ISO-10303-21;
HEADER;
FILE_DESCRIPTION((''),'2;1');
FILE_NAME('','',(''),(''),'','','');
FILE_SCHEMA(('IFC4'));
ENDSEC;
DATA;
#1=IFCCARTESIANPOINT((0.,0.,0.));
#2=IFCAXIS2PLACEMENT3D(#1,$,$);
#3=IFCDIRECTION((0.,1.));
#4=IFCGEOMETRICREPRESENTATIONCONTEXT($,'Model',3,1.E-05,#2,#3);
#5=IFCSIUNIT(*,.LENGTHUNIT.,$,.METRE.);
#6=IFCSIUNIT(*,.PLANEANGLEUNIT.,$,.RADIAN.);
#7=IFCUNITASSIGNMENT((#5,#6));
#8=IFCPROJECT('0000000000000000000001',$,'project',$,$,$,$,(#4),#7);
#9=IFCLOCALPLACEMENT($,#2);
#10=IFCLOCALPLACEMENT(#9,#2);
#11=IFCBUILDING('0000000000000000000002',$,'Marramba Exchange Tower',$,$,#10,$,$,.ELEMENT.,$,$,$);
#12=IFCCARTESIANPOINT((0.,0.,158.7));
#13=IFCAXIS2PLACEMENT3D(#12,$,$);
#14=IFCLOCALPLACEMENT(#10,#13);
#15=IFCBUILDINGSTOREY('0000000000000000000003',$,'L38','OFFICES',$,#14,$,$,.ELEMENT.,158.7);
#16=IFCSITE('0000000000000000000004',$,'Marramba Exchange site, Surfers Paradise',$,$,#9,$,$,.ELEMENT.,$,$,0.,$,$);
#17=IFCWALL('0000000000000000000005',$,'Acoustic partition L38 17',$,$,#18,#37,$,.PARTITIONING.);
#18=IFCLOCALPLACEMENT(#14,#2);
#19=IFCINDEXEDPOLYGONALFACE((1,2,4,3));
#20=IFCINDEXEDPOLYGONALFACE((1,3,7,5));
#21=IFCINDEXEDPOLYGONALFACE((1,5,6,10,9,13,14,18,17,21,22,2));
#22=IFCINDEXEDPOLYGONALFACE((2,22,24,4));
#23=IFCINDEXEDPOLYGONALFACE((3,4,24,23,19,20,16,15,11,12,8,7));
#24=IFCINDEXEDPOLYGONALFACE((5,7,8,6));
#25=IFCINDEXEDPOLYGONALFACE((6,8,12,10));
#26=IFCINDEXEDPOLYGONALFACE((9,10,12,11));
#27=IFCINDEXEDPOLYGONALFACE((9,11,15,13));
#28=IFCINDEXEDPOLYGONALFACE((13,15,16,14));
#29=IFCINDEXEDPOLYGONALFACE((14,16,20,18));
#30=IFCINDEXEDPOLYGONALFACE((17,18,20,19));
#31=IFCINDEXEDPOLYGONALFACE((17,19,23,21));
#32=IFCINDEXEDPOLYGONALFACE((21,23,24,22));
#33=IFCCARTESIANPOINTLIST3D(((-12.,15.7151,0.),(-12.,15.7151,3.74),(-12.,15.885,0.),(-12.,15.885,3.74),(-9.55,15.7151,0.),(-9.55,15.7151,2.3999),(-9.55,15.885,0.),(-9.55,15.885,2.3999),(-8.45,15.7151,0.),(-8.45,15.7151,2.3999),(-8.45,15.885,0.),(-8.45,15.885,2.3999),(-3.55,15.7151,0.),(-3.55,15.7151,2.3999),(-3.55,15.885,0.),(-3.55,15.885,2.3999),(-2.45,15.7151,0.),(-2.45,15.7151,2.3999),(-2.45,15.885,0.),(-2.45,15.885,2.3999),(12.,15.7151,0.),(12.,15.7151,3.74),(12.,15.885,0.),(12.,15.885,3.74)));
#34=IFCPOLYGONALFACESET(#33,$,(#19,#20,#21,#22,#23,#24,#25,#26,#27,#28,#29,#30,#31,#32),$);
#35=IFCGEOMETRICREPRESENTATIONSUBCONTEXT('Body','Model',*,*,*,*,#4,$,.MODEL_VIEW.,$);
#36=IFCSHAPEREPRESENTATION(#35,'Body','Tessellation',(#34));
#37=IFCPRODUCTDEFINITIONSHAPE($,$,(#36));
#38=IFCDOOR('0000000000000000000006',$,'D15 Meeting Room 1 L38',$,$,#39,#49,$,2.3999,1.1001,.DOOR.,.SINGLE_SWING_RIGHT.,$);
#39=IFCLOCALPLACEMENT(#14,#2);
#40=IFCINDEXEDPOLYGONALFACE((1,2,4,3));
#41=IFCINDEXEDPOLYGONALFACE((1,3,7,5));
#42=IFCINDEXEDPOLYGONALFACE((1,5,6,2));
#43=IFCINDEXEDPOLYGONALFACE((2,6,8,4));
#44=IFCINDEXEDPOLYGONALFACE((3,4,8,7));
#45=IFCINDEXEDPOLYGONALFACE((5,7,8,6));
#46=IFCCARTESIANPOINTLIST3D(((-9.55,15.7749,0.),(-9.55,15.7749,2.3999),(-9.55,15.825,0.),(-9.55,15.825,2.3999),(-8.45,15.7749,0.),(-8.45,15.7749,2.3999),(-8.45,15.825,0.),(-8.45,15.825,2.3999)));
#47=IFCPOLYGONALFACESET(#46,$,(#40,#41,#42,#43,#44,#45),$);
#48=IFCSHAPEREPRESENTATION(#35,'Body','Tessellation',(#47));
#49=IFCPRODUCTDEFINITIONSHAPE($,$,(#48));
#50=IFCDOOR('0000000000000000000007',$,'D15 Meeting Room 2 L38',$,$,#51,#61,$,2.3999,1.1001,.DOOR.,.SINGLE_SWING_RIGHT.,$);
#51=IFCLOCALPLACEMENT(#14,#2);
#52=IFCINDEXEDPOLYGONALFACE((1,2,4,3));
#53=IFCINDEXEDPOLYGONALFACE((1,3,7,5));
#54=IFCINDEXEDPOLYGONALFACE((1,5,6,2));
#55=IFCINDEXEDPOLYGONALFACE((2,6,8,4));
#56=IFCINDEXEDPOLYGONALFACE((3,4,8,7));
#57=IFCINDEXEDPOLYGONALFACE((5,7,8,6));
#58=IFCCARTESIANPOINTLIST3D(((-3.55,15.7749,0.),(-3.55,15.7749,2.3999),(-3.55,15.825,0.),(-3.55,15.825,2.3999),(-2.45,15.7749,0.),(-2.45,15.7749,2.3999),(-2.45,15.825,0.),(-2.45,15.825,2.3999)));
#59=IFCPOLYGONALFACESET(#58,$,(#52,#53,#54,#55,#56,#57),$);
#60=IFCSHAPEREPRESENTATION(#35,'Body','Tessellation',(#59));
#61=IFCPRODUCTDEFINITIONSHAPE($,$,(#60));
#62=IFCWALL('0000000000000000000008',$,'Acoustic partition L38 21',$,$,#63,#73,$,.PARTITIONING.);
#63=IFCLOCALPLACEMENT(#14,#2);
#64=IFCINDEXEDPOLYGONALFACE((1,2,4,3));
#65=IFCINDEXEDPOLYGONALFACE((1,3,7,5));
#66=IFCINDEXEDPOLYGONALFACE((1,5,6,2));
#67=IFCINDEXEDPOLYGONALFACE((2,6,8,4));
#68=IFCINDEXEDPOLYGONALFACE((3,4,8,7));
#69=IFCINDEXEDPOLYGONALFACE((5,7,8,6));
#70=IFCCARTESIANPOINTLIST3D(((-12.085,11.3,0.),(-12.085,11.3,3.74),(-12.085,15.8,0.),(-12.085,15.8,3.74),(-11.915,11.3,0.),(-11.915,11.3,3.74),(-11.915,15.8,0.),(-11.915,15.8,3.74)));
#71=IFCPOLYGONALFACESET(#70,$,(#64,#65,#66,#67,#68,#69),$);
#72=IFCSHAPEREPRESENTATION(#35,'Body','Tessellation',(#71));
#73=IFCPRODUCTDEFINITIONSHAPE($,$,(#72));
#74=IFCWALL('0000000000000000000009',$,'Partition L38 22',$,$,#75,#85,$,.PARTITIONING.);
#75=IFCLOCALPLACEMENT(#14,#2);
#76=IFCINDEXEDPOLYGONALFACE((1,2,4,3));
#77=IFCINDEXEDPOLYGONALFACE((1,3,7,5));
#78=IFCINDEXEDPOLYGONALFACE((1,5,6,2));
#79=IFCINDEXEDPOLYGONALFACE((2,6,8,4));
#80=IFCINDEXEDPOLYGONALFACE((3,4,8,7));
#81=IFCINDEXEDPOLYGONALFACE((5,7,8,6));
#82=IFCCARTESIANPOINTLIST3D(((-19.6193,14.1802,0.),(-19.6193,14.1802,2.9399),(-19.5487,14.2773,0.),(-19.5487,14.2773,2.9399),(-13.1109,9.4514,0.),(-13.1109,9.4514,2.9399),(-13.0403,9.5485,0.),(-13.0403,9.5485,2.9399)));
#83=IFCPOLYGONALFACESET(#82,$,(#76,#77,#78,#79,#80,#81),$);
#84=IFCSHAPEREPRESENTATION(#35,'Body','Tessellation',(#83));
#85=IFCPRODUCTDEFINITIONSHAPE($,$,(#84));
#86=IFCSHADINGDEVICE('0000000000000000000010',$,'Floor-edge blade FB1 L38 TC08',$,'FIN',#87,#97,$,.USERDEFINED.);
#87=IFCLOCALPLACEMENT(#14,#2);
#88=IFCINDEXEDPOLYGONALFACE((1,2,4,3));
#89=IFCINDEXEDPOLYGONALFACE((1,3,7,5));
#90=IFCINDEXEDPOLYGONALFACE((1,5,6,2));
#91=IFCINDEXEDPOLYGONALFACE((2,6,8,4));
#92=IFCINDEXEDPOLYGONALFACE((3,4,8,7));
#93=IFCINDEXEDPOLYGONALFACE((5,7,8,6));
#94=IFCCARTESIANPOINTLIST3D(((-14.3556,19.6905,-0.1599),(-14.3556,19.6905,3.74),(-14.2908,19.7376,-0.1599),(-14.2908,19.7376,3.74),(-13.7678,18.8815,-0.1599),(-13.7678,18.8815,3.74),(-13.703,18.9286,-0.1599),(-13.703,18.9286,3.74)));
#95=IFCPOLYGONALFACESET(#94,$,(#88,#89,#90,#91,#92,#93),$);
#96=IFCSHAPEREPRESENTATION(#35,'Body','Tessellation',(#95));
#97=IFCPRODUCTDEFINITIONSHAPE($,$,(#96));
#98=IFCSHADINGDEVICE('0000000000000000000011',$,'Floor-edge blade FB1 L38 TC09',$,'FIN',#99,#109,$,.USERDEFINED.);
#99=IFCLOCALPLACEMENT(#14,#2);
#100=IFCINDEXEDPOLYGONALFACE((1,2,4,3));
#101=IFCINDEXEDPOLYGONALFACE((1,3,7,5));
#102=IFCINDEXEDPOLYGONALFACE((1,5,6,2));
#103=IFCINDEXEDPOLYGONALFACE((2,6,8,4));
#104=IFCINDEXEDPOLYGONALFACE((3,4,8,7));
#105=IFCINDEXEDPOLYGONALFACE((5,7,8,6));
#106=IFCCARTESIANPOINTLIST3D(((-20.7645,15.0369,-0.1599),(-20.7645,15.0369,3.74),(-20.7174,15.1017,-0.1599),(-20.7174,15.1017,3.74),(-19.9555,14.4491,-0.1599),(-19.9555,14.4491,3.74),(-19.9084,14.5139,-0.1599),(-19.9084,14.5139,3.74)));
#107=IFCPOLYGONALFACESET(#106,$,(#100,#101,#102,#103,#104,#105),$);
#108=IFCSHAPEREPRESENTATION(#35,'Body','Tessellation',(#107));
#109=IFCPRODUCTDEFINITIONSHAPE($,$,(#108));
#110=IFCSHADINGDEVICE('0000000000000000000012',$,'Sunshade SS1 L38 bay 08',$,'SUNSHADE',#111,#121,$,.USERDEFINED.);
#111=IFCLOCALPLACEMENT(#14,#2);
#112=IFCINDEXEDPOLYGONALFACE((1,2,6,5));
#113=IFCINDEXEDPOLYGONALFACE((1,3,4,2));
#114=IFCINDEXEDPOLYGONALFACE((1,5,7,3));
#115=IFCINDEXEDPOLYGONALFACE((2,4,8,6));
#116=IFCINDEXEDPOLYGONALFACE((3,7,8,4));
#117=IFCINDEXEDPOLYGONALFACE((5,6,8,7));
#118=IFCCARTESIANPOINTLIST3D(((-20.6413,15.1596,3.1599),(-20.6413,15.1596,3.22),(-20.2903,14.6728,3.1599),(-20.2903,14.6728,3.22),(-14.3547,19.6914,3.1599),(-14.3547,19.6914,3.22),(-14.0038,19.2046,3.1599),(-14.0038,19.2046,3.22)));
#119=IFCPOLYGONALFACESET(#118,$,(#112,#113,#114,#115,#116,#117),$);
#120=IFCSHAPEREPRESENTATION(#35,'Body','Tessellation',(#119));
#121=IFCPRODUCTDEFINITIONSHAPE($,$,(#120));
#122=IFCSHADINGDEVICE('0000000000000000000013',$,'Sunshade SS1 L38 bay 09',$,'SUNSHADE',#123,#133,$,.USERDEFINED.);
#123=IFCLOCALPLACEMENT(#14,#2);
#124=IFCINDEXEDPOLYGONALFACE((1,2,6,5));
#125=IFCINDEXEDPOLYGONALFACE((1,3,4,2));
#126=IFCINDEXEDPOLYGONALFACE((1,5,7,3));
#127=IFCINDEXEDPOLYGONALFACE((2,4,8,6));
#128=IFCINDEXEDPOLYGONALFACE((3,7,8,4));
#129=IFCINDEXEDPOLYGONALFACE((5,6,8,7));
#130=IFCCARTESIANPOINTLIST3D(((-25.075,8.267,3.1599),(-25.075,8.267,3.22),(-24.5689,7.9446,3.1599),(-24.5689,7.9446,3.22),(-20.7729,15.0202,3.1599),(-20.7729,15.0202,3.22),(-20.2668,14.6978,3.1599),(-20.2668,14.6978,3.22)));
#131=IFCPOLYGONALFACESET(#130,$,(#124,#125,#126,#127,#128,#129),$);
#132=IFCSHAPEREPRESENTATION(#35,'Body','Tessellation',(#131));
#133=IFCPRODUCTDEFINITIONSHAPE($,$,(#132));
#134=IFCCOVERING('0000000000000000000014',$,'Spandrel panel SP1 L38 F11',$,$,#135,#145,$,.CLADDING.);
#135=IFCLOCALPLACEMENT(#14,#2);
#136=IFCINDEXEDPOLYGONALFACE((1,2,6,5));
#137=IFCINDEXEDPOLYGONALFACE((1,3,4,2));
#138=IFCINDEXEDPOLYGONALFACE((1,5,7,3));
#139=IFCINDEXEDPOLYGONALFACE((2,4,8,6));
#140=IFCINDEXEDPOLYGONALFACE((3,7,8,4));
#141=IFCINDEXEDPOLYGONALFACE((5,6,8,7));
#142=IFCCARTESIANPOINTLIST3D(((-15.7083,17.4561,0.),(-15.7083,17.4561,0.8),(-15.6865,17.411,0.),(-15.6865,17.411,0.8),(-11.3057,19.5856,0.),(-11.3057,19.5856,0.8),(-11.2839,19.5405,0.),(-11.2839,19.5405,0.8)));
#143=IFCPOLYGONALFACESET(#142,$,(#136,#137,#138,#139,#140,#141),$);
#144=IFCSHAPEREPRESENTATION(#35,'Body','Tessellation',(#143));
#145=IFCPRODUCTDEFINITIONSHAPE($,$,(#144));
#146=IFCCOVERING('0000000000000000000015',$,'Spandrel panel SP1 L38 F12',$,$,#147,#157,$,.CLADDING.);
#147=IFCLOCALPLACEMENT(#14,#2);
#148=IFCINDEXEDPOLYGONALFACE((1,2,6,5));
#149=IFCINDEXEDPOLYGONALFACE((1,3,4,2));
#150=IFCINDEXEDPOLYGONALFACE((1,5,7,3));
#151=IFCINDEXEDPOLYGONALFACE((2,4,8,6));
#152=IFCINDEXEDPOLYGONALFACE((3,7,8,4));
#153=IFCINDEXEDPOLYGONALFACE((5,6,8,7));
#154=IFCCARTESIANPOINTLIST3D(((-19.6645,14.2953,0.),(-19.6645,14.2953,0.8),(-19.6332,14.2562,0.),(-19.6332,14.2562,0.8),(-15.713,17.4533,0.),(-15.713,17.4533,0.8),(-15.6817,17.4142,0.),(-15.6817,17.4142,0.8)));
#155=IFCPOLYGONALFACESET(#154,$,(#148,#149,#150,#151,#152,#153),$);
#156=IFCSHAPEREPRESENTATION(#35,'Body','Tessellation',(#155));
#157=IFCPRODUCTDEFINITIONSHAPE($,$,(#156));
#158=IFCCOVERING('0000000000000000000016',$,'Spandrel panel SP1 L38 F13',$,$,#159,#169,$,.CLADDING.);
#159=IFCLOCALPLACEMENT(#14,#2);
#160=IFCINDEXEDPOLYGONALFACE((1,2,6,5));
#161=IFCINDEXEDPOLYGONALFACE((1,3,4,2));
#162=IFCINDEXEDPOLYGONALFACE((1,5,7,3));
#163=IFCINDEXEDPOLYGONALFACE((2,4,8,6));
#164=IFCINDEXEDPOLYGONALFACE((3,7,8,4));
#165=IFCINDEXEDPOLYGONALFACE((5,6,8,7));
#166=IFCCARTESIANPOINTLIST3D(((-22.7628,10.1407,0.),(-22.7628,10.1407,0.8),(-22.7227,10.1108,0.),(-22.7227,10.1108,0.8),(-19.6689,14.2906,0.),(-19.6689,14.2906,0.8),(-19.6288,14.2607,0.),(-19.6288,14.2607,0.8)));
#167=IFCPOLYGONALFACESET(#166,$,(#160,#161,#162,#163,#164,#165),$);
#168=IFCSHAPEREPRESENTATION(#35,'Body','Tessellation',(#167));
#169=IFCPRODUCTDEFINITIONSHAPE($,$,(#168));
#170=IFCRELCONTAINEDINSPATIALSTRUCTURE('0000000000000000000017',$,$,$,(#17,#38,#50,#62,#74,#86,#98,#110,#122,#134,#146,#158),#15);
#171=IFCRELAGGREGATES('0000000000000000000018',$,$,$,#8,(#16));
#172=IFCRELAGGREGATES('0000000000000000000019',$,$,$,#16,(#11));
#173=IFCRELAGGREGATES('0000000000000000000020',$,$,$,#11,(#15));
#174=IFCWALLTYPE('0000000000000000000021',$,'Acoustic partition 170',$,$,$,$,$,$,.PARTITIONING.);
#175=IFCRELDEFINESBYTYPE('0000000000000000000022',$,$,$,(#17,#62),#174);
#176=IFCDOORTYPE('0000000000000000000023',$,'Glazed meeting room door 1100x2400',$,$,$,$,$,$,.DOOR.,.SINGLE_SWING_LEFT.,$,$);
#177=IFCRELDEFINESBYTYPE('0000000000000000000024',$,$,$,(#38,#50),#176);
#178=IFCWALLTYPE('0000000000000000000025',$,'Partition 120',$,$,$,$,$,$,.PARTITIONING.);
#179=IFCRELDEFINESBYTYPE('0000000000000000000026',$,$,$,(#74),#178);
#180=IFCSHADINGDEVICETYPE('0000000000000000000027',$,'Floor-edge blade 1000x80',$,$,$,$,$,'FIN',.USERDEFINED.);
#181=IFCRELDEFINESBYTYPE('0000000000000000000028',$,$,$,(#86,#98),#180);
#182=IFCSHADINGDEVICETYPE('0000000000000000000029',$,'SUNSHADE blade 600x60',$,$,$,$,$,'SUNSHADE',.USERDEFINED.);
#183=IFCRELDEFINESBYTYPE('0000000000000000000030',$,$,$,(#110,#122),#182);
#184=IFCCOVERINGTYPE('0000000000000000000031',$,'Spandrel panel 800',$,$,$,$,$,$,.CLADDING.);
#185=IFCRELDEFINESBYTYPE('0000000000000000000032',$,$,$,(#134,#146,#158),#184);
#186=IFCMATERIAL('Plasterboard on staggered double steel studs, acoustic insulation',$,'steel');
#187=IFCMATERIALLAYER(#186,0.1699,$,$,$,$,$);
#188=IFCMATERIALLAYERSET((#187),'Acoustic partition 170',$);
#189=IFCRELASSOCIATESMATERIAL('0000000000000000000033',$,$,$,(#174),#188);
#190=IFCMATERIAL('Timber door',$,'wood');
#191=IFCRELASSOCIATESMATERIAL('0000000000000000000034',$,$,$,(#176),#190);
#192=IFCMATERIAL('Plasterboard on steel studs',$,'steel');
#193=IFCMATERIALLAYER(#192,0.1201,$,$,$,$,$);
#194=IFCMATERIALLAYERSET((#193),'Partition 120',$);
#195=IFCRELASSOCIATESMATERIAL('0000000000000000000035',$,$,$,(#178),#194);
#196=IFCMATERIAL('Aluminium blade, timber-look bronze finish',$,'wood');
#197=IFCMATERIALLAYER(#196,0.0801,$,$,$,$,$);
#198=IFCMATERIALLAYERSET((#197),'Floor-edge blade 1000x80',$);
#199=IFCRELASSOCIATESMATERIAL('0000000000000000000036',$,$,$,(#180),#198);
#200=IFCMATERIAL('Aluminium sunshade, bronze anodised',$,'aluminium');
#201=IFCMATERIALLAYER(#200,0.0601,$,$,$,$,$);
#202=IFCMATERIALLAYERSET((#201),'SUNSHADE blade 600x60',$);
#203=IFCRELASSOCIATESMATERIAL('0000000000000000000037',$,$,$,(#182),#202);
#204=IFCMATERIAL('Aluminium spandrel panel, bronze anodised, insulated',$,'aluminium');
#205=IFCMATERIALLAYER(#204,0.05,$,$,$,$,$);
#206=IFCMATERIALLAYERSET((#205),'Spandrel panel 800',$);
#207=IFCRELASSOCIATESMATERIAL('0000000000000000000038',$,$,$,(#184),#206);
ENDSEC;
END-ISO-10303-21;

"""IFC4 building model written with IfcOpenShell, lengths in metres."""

from ifc_helpers import new_model, si_unit, direction, frame, frame_2d, origin, origin_2d, place, context, subcontext, project, spatial, rectangle, extrude, material, layer, layer_set, type_object, element, fill, save


model = new_model("IFC4")

# Units and contexts
model_context = context("Model", 3, precision=1e-05, world=origin(), true_north=direction((0.0, 1.0)))
body_context = subcontext(model_context, "Body", "Model", "MODEL_VIEW")
ifc_project = project(units=[si_unit("LENGTHUNIT", "METRE"), si_unit("PLANEANGLEUNIT", "RADIAN")], contexts=[model_context])

# Site, building, storey
site_placement = place(None, origin())
site = spatial("IfcSite", under=ifc_project, at=site_placement, Name="Marramba Exchange site, Surfers Paradise", CompositionType="ELEMENT", RefElevation=0.0)
building_placement = place(site_placement, origin())
building = spatial("IfcBuilding", under=site, at=building_placement, Name="Marramba Exchange Tower", CompositionType="ELEMENT")
storey_placement = place(building_placement, frame((0.0, 0.0, 158.7)))
storey = spatial("IfcBuildingStorey", under=building, at=storey_placement, Name="L38", Description="OFFICES", CompositionType="ELEMENT", Elevation=158.7)

# Wall, openings, doors
ifc_material_1 = material(Name="Plasterboard on staggered double steel studs, acoustic insulation", Category="steel")
ifc_layer_1 = layer(ifc_material_1, 0.1699)
ifc_layer_set_1 = layer_set([ifc_layer_1], Name="Acoustic partition 170")
wall_type_1 = type_object("IfcWallType", Name="Acoustic partition 170", PredefinedType="PARTITIONING", material=ifc_layer_set_1)
wall_1_placement = place(storey_placement, frame((-12.0, 15.8, 0.0), z_axis=(0.0, 0.0, 1.0), x_axis=(1.0, 0.0, 0.0)))
wall_1 = element("IfcWall", 1, at=wall_1_placement, inside=storey, type_object=wall_type_1, Name="Acoustic partition L38 17", PredefinedType="PARTITIONING", context=body_context, shape_type="SweptSolid", body=[
    extrude(rectangle(XDim=24.0, YDim=0.1699, at=frame_2d((12.0, 0.0))), origin(), (0.0, 0.0, 1.0), 3.74),
])
opening_1_placement = place(wall_1_placement, frame((2.45, 0.0, 0.0)))
opening_1 = element("IfcOpeningElement", 2, at=opening_1_placement, cuts=wall_1, PredefinedType="OPENING", context=body_context, shape_type="SweptSolid", body=[
    extrude(rectangle(XDim=1.1001, YDim=2.3999, at=frame_2d((0.55, 1.2))), frame((0.0, 0.095, 0.0), z_axis=(0.0, -1.0, 0.0), x_axis=(1.0, 0.0, 0.0)), (0.0, 0.0, 1.0), 0.1899),
])
opening_2_placement = place(wall_1_placement, frame((8.45, 0.0, 0.0)))
opening_2 = element("IfcOpeningElement", 3, at=opening_2_placement, cuts=wall_1, PredefinedType="OPENING", context=body_context, shape_type="SweptSolid", body=[
    extrude(rectangle(XDim=1.1001, YDim=2.3999, at=frame_2d((0.55, 1.2))), frame((0.0, 0.095, 0.0), z_axis=(0.0, -1.0, 0.0), x_axis=(1.0, 0.0, 0.0)), (0.0, 0.0, 1.0), 0.1899),
])
ifc_material_2 = material(Name="Timber door", Category="wood")
door_type = type_object("IfcDoorType", Name="Glazed meeting room door 1100x2400", OperationType="SINGLE_SWING_LEFT", PredefinedType="DOOR", material=ifc_material_2)
door_1_placement = place(opening_1_placement, frame((1.1001, 0.0, 0.0), z_axis=(0.0, 0.0, 1.0), x_axis=(-1.0, 0.0, 0.0)))
door_1 = element("IfcDoor", 4, at=door_1_placement, inside=storey, type_object=door_type, Name="D15 Meeting Room 1 L38", OperationType="SINGLE_SWING_RIGHT", OverallHeight=2.3999, OverallWidth=1.1001, PredefinedType="DOOR", context=body_context, shape_type="SweptSolid", body=[
    extrude(rectangle(XDim=1.1001, YDim=2.3999, at=frame_2d((0.55, 1.2))), frame((0.0, 0.0251, 0.0), z_axis=(0.0, -1.0, 0.0), x_axis=(1.0, 0.0, 0.0)), (0.0, 0.0, 1.0), 0.05),
])
fill(opening_1, door_1)
door_2_placement = place(opening_2_placement, frame((1.1001, 0.0, 0.0), z_axis=(0.0, 0.0, 1.0), x_axis=(-1.0, 0.0, 0.0)))
door_2 = element("IfcDoor", 5, at=door_2_placement, inside=storey, type_object=door_type, Name="D15 Meeting Room 2 L38", OperationType="SINGLE_SWING_RIGHT", OverallHeight=2.3999, OverallWidth=1.1001, PredefinedType="DOOR", context=body_context, shape_type="SweptSolid", body=[
    extrude(rectangle(XDim=1.1001, YDim=2.3999, at=frame_2d((0.55, 1.2))), frame((0.0, 0.0251, 0.0), z_axis=(0.0, -1.0, 0.0), x_axis=(1.0, 0.0, 0.0)), (0.0, 0.0, 1.0), 0.05),
])
fill(opening_2, door_2)

# Walls
wall_2_placement = place(storey_placement, frame((-12.0, 11.3, 0.0), z_axis=(0.0, 0.0, 1.0), x_axis=(0.0, 1.0, 0.0)))
element("IfcWall", 6, at=wall_2_placement, inside=storey, type_object=wall_type_1, Name="Acoustic partition L38 21", PredefinedType="PARTITIONING", context=body_context, shape_type="SweptSolid", body=[
    extrude(rectangle(XDim=4.5, YDim=0.1699, at=frame_2d((2.25, 0.0))), origin(), (0.0, 0.0, 1.0), 3.74),
])
ifc_material_3 = material(Name="Plasterboard on steel studs", Category="steel")
ifc_layer_2 = layer(ifc_material_3, 0.1201)
ifc_layer_set_2 = layer_set([ifc_layer_2], Name="Partition 120")
wall_type_2 = type_object("IfcWallType", Name="Partition 120", PredefinedType="PARTITIONING", material=ifc_layer_set_2)
wall_3_placement = place(storey_placement, frame((-19.584, 14.2288, 0.0), z_axis=(0.0, 0.0, 1.0), x_axis=(0.809005, -0.587802, 0.0)))
element("IfcWall", 7, at=wall_3_placement, inside=storey, type_object=wall_type_2, Name="Partition L38 22", PredefinedType="PARTITIONING", context=body_context, shape_type="SweptSolid", body=[
    extrude(rectangle(XDim=8.0449, YDim=0.1201, at=frame_2d((4.0225, 0.0))), origin(), (0.0, 0.0, 1.0), 2.9399),
])

# Shading devices
ifc_material_4 = material(Name="Aluminium blade, timber-look bronze finish", Category="wood")
ifc_layer_3 = layer(ifc_material_4, 0.0801)
ifc_layer_set_3 = layer_set([ifc_layer_3], Name="Floor-edge blade 1000x80")
shading_device_type_1 = type_object("IfcShadingDeviceType", Name="Floor-edge blade 1000x80", ElementType="FIN", PredefinedType="USERDEFINED", material=ifc_layer_set_3)
for number, where, z_axis, x_axis, name in (
    (8, (-14.0293, 19.3096, -0.1599), (0.0, 0.0, 1.0), (-0.587785, 0.809017, 0.0), "Floor-edge blade FB1 L38 TC08"),
    (9, (-20.3364, 14.7754, -0.1599), (0.0, 0.0, 1.0), (-0.809017, 0.587785, 0.0), "Floor-edge blade FB1 L38 TC09"),
):
    element("IfcShadingDevice", number, at=place(storey_placement, frame(where, z_axis=z_axis, x_axis=x_axis)), inside=storey, type_object=shading_device_type_1, Name=name, ObjectType="FIN", PredefinedType="USERDEFINED", context=body_context, shape_type="SweptSolid", body=[
        extrude(rectangle(XDim=1.0, YDim=0.0801, at=origin_2d()), origin(), (0.0, 0.0, 1.0), 3.8999),
    ])
ifc_material_5 = material(Name="Aluminium sunshade, bronze anodised", Category="aluminium")
ifc_layer_4 = layer(ifc_material_5, 0.0601)
ifc_layer_set_4 = layer_set([ifc_layer_4], Name="SUNSHADE blade 600x60")
shading_device_type_2 = type_object("IfcShadingDeviceType", Name="SUNSHADE blade 600x60", ElementType="SUNSHADE", PredefinedType="USERDEFINED", material=ifc_layer_set_4)
shading_device_1_placement = place(storey_placement, frame((-17.3225, 17.1821, 3.1599), z_axis=(0.0, 0.0, 1.0), x_axis=(-0.811199, -0.58477, 0.0)))
element("IfcShadingDevice", 10, at=shading_device_1_placement, inside=storey, type_object=shading_device_type_2, Name="Sunshade SS1 L38 bay 08", ObjectType="SUNSHADE", PredefinedType="USERDEFINED", context=body_context, shape_type="SweptSolid", body=[
    extrude(rectangle(XDim=7.7498, YDim=0.6001, at=origin_2d()), origin(), (0.0, 0.0, 1.0), 0.0601),
])
shading_device_2_placement = place(storey_placement, frame((-22.6709, 11.4824, 3.1599), z_axis=(0.0, 0.0, 1.0), x_axis=(-0.537285, -0.843401, 0.0)))
element("IfcShadingDevice", 11, at=shading_device_2_placement, inside=storey, type_object=shading_device_type_2, Name="Sunshade SS1 L38 bay 09", ObjectType="SUNSHADE", PredefinedType="USERDEFINED", context=body_context, shape_type="SweptSolid", body=[
    extrude(rectangle(XDim=8.0071, YDim=0.6001, at=origin_2d()), origin(), (0.0, 0.0, 1.0), 0.0601),
])

# Coverings
ifc_material_6 = material(Name="Aluminium spandrel panel, bronze anodised, insulated", Category="aluminium")
ifc_layer_5 = layer(ifc_material_6, 0.05)
ifc_layer_set_5 = layer_set([ifc_layer_5], Name="Spandrel panel 800")
covering_type = type_object("IfcCoveringType", Name="Spandrel panel 800", PredefinedType="CLADDING", material=ifc_layer_set_5)
covering_1_placement = place(storey_placement, frame((-13.4961, 18.4983, 0.0), z_axis=(0.0, 0.0, 1.0), x_axis=(-0.900224, -0.435428, 0.0)))
element("IfcCovering", 12, at=covering_1_placement, inside=storey, type_object=covering_type, Name="Spandrel panel SP1 L38 F11", PredefinedType="CLADDING", context=body_context, shape_type="SweptSolid", body=[
    extrude(rectangle(XDim=4.8906, YDim=0.05, at=origin_2d()), origin(), (0.0, 0.0, 1.0), 0.8),
])
covering_2_placement = place(storey_placement, frame((-17.6731, 15.8547, 0.0), z_axis=(0.0, 0.0, 1.0), x_axis=(-0.781178, -0.624308, 0.0)))
element("IfcCovering", 13, at=covering_2_placement, inside=storey, type_object=covering_type, Name="Spandrel panel SP1 L38 F12", PredefinedType="CLADDING", context=body_context, shape_type="SweptSolid", body=[
    extrude(rectangle(XDim=5.0583, YDim=0.05, at=origin_2d()), origin(), (0.0, 0.0, 1.0), 0.8),
])
covering_3_placement = place(storey_placement, frame((-21.1958, 12.2007, 0.0), z_axis=(0.0, 0.0, 1.0), x_axis=(-0.597704, -0.801717, 0.0)))
element("IfcCovering", 14, at=covering_3_placement, inside=storey, type_object=covering_type, Name="Spandrel panel SP1 L38 F13", PredefinedType="CLADDING", context=body_context, shape_type="SweptSolid", body=[
    extrude(rectangle(XDim=5.1763, YDim=0.05, at=origin_2d()), origin(), (0.0, 0.0, 1.0), 0.8),
])

save(model, "model.ifc")
